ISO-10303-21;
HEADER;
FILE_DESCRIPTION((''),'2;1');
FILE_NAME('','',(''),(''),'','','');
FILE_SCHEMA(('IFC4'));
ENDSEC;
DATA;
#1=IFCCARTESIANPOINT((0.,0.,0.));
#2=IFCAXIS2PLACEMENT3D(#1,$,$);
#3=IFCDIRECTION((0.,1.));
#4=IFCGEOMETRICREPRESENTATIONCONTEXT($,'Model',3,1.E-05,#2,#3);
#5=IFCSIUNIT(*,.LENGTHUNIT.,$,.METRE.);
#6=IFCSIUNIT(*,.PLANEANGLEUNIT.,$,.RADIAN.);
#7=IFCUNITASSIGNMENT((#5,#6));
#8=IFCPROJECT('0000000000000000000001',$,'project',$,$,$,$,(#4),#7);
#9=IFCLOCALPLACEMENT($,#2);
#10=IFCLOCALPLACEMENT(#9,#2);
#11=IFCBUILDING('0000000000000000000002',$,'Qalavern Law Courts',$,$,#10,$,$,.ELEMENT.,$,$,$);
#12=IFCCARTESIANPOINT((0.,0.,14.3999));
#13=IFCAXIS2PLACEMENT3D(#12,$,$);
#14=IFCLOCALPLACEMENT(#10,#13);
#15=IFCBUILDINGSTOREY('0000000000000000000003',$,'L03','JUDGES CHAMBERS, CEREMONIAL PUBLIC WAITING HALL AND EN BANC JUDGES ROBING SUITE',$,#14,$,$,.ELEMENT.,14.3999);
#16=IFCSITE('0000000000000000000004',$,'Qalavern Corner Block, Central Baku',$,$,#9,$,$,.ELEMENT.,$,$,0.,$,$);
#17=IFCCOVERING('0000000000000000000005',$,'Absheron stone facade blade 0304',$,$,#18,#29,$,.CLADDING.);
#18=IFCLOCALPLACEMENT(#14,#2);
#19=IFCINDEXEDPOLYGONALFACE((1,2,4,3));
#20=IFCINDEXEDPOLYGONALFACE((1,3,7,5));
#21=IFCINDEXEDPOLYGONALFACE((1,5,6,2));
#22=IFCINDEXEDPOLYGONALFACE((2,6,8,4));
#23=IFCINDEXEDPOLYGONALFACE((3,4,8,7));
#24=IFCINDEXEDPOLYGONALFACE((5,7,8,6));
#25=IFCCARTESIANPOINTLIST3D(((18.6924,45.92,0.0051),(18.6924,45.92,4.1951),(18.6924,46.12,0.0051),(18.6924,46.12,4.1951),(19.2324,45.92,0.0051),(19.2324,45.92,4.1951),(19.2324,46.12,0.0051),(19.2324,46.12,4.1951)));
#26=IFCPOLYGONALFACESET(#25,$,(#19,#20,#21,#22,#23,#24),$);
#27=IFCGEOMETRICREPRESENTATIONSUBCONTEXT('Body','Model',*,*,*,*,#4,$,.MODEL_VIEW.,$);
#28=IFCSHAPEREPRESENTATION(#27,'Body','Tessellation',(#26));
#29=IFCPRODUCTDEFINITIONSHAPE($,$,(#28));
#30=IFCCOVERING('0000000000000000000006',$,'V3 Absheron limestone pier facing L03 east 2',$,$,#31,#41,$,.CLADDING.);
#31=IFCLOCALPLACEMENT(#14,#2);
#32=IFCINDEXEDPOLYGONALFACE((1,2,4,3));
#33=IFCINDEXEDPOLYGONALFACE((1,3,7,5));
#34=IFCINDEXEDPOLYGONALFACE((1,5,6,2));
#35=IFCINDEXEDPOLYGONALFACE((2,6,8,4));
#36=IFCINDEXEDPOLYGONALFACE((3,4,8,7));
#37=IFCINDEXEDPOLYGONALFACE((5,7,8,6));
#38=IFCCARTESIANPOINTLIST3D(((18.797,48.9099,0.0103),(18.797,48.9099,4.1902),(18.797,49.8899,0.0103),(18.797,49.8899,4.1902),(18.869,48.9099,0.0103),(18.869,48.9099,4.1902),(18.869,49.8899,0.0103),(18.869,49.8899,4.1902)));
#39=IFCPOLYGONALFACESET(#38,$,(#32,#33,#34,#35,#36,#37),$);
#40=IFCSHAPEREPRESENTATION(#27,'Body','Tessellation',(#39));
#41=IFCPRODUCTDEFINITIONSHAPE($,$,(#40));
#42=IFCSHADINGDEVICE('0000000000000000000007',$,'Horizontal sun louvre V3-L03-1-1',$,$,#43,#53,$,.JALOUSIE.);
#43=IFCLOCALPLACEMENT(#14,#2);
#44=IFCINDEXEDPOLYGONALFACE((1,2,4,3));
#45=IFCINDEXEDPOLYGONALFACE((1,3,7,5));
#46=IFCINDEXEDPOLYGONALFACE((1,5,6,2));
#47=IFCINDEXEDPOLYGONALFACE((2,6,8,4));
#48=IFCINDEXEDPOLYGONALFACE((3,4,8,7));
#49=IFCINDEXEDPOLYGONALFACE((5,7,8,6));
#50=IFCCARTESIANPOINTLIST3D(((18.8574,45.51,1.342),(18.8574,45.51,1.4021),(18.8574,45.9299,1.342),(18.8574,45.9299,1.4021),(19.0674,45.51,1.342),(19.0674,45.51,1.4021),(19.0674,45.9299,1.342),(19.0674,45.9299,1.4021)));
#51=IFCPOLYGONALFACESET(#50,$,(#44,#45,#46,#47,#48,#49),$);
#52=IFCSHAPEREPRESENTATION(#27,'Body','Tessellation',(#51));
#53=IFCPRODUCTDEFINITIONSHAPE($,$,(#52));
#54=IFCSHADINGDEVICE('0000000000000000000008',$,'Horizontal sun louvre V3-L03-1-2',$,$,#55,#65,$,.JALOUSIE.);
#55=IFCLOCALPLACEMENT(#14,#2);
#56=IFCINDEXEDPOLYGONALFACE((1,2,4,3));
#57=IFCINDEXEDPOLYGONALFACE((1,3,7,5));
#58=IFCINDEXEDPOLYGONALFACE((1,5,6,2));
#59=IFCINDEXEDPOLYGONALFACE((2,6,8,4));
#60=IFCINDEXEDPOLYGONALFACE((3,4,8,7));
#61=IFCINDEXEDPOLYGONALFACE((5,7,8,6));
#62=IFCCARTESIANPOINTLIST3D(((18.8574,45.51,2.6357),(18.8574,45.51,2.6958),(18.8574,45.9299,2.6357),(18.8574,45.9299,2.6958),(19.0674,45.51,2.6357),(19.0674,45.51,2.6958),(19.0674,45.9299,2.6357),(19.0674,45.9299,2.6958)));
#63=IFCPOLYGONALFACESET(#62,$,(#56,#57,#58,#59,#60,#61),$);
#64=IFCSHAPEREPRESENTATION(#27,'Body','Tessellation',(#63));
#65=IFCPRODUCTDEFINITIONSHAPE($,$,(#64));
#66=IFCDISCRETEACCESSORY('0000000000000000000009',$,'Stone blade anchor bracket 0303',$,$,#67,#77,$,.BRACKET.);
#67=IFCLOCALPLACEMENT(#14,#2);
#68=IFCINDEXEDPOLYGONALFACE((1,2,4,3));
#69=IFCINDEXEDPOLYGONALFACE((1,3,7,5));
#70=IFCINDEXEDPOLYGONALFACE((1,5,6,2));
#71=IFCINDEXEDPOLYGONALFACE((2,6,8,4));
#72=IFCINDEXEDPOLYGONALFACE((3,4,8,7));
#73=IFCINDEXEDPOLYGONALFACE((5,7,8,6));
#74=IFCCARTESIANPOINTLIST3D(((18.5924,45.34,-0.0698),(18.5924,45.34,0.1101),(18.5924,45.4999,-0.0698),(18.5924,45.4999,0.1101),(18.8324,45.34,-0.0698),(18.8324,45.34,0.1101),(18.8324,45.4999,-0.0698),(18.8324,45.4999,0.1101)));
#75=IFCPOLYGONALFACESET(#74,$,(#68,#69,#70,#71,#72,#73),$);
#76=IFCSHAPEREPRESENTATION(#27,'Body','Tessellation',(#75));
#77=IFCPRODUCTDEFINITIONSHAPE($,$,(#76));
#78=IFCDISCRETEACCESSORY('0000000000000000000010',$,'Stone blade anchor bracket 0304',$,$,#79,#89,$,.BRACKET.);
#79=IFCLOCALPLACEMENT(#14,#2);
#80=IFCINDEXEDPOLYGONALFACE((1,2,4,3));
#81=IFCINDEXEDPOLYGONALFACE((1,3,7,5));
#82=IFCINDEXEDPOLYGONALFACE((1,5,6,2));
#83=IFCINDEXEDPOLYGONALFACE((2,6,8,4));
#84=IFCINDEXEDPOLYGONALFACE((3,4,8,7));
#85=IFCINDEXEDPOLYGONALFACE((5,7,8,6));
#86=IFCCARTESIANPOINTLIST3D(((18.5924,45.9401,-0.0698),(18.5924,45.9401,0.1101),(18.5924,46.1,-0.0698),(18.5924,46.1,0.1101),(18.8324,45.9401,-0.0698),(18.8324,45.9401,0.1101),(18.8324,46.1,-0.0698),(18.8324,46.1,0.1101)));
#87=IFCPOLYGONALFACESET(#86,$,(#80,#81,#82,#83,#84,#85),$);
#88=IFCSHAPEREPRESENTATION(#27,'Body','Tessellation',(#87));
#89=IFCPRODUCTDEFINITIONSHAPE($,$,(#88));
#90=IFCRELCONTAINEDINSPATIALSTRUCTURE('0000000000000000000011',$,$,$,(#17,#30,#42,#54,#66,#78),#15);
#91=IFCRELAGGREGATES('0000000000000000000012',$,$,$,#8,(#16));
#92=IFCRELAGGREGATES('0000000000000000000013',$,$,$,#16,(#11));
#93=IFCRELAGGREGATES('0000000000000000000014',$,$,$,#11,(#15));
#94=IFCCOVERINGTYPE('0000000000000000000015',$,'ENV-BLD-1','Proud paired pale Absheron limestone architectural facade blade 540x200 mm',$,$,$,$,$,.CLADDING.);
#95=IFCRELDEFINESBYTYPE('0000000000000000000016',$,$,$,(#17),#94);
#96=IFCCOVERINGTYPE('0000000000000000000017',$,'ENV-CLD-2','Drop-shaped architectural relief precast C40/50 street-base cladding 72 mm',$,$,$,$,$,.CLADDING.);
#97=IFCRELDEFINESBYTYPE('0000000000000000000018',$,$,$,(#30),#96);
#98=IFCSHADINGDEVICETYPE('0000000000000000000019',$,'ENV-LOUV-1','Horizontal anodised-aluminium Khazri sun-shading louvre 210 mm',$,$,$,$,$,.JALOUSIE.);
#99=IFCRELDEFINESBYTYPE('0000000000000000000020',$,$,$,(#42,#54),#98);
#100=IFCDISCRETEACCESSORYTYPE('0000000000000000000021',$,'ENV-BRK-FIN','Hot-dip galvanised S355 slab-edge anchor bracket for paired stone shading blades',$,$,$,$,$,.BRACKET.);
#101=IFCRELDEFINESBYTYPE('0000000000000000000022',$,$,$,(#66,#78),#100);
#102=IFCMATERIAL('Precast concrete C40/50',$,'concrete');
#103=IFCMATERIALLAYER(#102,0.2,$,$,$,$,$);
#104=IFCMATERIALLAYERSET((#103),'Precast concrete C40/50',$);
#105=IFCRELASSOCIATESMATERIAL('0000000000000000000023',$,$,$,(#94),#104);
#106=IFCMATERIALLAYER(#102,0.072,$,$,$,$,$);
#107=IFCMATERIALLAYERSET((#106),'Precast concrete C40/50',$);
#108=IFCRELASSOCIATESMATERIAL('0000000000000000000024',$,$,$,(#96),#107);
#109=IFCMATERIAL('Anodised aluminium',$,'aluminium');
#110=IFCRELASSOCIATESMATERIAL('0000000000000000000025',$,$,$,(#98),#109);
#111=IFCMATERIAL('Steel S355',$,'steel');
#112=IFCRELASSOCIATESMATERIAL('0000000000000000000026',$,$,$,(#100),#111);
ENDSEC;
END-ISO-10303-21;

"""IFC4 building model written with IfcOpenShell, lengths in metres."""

from ifc_helpers import new_model, si_unit, direction, frame, origin, origin_2d, place, context, subcontext, project, spatial, rectangle, extrude, material, layer, layer_set, type_object, element, save


model = new_model("IFC4")

# Units and contexts
model_context = context("Model", 3, precision=1e-05, world=origin(), true_north=direction((0.0, 1.0)))
body_context = subcontext(model_context, "Body", "Model", "MODEL_VIEW")
ifc_project = project(units=[si_unit("LENGTHUNIT", "METRE"), si_unit("PLANEANGLEUNIT", "RADIAN")], contexts=[model_context])

# Site, building, storey
site_placement = place(None, origin())
site = spatial("IfcSite", under=ifc_project, at=site_placement, Name="Qalavern Corner Block, Central Baku", CompositionType="ELEMENT", RefElevation=0.0)
building_placement = place(site_placement, origin())
building = spatial("IfcBuilding", under=site, at=building_placement, Name="Qalavern Law Courts", CompositionType="ELEMENT")
storey_placement = place(building_placement, frame((0.0, 0.0, 14.3999)))
storey = spatial("IfcBuildingStorey", under=building, at=storey_placement, Name="L03", Description="JUDGES CHAMBERS, CEREMONIAL PUBLIC WAITING HALL AND EN BANC JUDGES ROBING SUITE", CompositionType="ELEMENT", Elevation=14.3999)

# Shared definitions
ifc_material_1 = material(Name="Anodised aluminium", Category="aluminium")

# Shared definitions
ifc_material_2 = material(Name="Steel S355", Category="steel")

# Coverings
ifc_material_3 = material(Name="Precast concrete C40/50", Category="concrete")
ifc_layer_1 = layer(ifc_material_3, 0.2)
ifc_layer_set_1 = layer_set([ifc_layer_1], Name="Precast concrete C40/50")
covering_type_1 = type_object("IfcCoveringType", Name="ENV-BLD-1", Description="Proud paired pale Absheron limestone architectural facade blade 540x200 mm", PredefinedType="CLADDING", material=ifc_layer_set_1)
for number, where, z_axis, x_axis, name in (
    (1, (18.9624, 46.02, 0.0051), (0.0, 0.0, 1.0), (1.0, 0.0, 0.0), "Absheron stone facade blade 0304"),
):
    element("IfcCovering", number, at=place(storey_placement, frame(where, z_axis=z_axis, x_axis=x_axis)), inside=storey, type_object=covering_type_1, Name=name, PredefinedType="CLADDING", context=body_context, shape_type="SweptSolid", body=[
        extrude(rectangle(XDim=0.54, YDim=0.2, at=origin_2d()), origin(), (0.0, 0.0, 1.0), 4.1899),
    ])
ifc_layer_2 = layer(ifc_material_3, 0.072)
ifc_layer_set_2 = layer_set([ifc_layer_2], Name="Precast concrete C40/50")
covering_type_2 = type_object("IfcCoveringType", Name="ENV-CLD-2", Description="Drop-shaped architectural relief precast C40/50 street-base cladding 72 mm", PredefinedType="CLADDING", material=ifc_layer_set_2)
covering_placement = place(storey_placement, frame((18.833, 49.3999, 0.0103), z_axis=(0.0, 0.0, 1.0), x_axis=(0.0, 1.0, 0.0)))
element("IfcCovering", 2, at=covering_placement, inside=storey, type_object=covering_type_2, Name="V3 Absheron limestone pier facing L03 east 2", PredefinedType="CLADDING", context=body_context, shape_type="SweptSolid", body=[
    extrude(rectangle(XDim=0.98, YDim=0.072, at=origin_2d()), origin(), (0.0, 0.0, 1.0), 4.1799),
])

# Shading devices
shading_device_type = type_object("IfcShadingDeviceType", Name="ENV-LOUV-1", Description="Horizontal anodised-aluminium Khazri sun-shading louvre 210 mm", PredefinedType="JALOUSIE", material=ifc_material_1)
for number, where, z_axis, x_axis, name in (
    (3, (18.9624, 45.72, 1.342), (0.0, 0.0, 1.0), (0.0, 1.0, 0.0), "Horizontal sun louvre V3-L03-1-1"),
    (4, (18.9624, 45.72, 2.6357), (0.0, 0.0, 1.0), (0.0, 1.0, 0.0), "Horizontal sun louvre V3-L03-1-2"),
):
    element("IfcShadingDevice", number, at=place(storey_placement, frame(where, z_axis=z_axis, x_axis=x_axis)), inside=storey, type_object=shading_device_type, Name=name, PredefinedType="JALOUSIE", context=body_context, shape_type="SweptSolid", body=[
        extrude(rectangle(XDim=0.4199, YDim=0.21, at=origin_2d()), origin(), (0.0, 0.0, 1.0), 0.0601),
    ])

# Discrete accessories
discrete_accessory_type = type_object("IfcDiscreteAccessoryType", Name="ENV-BRK-FIN", Description="Hot-dip galvanised S355 slab-edge anchor bracket for paired stone shading blades", PredefinedType="BRACKET", material=ifc_material_2)
for number, where, z_axis, x_axis, name in (
    (5, (18.7124, 45.4199, -0.0698), (0.0, 0.0, 1.0), (1.0, 0.0, 0.0), "Stone blade anchor bracket 0303"),
    (6, (18.7124, 46.02, -0.0698), (0.0, 0.0, 1.0), (1.0, 0.0, 0.0), "Stone blade anchor bracket 0304"),
):
    element("IfcDiscreteAccessory", number, at=place(storey_placement, frame(where, z_axis=z_axis, x_axis=x_axis)), inside=storey, type_object=discrete_accessory_type, Name=name, PredefinedType="BRACKET", context=body_context, shape_type="SweptSolid", body=[
        extrude(rectangle(XDim=0.24, YDim=0.1599, at=origin_2d()), origin(), (0.0, 0.0, 1.0), 0.1799),
    ])

save(model, "model.ifc")
